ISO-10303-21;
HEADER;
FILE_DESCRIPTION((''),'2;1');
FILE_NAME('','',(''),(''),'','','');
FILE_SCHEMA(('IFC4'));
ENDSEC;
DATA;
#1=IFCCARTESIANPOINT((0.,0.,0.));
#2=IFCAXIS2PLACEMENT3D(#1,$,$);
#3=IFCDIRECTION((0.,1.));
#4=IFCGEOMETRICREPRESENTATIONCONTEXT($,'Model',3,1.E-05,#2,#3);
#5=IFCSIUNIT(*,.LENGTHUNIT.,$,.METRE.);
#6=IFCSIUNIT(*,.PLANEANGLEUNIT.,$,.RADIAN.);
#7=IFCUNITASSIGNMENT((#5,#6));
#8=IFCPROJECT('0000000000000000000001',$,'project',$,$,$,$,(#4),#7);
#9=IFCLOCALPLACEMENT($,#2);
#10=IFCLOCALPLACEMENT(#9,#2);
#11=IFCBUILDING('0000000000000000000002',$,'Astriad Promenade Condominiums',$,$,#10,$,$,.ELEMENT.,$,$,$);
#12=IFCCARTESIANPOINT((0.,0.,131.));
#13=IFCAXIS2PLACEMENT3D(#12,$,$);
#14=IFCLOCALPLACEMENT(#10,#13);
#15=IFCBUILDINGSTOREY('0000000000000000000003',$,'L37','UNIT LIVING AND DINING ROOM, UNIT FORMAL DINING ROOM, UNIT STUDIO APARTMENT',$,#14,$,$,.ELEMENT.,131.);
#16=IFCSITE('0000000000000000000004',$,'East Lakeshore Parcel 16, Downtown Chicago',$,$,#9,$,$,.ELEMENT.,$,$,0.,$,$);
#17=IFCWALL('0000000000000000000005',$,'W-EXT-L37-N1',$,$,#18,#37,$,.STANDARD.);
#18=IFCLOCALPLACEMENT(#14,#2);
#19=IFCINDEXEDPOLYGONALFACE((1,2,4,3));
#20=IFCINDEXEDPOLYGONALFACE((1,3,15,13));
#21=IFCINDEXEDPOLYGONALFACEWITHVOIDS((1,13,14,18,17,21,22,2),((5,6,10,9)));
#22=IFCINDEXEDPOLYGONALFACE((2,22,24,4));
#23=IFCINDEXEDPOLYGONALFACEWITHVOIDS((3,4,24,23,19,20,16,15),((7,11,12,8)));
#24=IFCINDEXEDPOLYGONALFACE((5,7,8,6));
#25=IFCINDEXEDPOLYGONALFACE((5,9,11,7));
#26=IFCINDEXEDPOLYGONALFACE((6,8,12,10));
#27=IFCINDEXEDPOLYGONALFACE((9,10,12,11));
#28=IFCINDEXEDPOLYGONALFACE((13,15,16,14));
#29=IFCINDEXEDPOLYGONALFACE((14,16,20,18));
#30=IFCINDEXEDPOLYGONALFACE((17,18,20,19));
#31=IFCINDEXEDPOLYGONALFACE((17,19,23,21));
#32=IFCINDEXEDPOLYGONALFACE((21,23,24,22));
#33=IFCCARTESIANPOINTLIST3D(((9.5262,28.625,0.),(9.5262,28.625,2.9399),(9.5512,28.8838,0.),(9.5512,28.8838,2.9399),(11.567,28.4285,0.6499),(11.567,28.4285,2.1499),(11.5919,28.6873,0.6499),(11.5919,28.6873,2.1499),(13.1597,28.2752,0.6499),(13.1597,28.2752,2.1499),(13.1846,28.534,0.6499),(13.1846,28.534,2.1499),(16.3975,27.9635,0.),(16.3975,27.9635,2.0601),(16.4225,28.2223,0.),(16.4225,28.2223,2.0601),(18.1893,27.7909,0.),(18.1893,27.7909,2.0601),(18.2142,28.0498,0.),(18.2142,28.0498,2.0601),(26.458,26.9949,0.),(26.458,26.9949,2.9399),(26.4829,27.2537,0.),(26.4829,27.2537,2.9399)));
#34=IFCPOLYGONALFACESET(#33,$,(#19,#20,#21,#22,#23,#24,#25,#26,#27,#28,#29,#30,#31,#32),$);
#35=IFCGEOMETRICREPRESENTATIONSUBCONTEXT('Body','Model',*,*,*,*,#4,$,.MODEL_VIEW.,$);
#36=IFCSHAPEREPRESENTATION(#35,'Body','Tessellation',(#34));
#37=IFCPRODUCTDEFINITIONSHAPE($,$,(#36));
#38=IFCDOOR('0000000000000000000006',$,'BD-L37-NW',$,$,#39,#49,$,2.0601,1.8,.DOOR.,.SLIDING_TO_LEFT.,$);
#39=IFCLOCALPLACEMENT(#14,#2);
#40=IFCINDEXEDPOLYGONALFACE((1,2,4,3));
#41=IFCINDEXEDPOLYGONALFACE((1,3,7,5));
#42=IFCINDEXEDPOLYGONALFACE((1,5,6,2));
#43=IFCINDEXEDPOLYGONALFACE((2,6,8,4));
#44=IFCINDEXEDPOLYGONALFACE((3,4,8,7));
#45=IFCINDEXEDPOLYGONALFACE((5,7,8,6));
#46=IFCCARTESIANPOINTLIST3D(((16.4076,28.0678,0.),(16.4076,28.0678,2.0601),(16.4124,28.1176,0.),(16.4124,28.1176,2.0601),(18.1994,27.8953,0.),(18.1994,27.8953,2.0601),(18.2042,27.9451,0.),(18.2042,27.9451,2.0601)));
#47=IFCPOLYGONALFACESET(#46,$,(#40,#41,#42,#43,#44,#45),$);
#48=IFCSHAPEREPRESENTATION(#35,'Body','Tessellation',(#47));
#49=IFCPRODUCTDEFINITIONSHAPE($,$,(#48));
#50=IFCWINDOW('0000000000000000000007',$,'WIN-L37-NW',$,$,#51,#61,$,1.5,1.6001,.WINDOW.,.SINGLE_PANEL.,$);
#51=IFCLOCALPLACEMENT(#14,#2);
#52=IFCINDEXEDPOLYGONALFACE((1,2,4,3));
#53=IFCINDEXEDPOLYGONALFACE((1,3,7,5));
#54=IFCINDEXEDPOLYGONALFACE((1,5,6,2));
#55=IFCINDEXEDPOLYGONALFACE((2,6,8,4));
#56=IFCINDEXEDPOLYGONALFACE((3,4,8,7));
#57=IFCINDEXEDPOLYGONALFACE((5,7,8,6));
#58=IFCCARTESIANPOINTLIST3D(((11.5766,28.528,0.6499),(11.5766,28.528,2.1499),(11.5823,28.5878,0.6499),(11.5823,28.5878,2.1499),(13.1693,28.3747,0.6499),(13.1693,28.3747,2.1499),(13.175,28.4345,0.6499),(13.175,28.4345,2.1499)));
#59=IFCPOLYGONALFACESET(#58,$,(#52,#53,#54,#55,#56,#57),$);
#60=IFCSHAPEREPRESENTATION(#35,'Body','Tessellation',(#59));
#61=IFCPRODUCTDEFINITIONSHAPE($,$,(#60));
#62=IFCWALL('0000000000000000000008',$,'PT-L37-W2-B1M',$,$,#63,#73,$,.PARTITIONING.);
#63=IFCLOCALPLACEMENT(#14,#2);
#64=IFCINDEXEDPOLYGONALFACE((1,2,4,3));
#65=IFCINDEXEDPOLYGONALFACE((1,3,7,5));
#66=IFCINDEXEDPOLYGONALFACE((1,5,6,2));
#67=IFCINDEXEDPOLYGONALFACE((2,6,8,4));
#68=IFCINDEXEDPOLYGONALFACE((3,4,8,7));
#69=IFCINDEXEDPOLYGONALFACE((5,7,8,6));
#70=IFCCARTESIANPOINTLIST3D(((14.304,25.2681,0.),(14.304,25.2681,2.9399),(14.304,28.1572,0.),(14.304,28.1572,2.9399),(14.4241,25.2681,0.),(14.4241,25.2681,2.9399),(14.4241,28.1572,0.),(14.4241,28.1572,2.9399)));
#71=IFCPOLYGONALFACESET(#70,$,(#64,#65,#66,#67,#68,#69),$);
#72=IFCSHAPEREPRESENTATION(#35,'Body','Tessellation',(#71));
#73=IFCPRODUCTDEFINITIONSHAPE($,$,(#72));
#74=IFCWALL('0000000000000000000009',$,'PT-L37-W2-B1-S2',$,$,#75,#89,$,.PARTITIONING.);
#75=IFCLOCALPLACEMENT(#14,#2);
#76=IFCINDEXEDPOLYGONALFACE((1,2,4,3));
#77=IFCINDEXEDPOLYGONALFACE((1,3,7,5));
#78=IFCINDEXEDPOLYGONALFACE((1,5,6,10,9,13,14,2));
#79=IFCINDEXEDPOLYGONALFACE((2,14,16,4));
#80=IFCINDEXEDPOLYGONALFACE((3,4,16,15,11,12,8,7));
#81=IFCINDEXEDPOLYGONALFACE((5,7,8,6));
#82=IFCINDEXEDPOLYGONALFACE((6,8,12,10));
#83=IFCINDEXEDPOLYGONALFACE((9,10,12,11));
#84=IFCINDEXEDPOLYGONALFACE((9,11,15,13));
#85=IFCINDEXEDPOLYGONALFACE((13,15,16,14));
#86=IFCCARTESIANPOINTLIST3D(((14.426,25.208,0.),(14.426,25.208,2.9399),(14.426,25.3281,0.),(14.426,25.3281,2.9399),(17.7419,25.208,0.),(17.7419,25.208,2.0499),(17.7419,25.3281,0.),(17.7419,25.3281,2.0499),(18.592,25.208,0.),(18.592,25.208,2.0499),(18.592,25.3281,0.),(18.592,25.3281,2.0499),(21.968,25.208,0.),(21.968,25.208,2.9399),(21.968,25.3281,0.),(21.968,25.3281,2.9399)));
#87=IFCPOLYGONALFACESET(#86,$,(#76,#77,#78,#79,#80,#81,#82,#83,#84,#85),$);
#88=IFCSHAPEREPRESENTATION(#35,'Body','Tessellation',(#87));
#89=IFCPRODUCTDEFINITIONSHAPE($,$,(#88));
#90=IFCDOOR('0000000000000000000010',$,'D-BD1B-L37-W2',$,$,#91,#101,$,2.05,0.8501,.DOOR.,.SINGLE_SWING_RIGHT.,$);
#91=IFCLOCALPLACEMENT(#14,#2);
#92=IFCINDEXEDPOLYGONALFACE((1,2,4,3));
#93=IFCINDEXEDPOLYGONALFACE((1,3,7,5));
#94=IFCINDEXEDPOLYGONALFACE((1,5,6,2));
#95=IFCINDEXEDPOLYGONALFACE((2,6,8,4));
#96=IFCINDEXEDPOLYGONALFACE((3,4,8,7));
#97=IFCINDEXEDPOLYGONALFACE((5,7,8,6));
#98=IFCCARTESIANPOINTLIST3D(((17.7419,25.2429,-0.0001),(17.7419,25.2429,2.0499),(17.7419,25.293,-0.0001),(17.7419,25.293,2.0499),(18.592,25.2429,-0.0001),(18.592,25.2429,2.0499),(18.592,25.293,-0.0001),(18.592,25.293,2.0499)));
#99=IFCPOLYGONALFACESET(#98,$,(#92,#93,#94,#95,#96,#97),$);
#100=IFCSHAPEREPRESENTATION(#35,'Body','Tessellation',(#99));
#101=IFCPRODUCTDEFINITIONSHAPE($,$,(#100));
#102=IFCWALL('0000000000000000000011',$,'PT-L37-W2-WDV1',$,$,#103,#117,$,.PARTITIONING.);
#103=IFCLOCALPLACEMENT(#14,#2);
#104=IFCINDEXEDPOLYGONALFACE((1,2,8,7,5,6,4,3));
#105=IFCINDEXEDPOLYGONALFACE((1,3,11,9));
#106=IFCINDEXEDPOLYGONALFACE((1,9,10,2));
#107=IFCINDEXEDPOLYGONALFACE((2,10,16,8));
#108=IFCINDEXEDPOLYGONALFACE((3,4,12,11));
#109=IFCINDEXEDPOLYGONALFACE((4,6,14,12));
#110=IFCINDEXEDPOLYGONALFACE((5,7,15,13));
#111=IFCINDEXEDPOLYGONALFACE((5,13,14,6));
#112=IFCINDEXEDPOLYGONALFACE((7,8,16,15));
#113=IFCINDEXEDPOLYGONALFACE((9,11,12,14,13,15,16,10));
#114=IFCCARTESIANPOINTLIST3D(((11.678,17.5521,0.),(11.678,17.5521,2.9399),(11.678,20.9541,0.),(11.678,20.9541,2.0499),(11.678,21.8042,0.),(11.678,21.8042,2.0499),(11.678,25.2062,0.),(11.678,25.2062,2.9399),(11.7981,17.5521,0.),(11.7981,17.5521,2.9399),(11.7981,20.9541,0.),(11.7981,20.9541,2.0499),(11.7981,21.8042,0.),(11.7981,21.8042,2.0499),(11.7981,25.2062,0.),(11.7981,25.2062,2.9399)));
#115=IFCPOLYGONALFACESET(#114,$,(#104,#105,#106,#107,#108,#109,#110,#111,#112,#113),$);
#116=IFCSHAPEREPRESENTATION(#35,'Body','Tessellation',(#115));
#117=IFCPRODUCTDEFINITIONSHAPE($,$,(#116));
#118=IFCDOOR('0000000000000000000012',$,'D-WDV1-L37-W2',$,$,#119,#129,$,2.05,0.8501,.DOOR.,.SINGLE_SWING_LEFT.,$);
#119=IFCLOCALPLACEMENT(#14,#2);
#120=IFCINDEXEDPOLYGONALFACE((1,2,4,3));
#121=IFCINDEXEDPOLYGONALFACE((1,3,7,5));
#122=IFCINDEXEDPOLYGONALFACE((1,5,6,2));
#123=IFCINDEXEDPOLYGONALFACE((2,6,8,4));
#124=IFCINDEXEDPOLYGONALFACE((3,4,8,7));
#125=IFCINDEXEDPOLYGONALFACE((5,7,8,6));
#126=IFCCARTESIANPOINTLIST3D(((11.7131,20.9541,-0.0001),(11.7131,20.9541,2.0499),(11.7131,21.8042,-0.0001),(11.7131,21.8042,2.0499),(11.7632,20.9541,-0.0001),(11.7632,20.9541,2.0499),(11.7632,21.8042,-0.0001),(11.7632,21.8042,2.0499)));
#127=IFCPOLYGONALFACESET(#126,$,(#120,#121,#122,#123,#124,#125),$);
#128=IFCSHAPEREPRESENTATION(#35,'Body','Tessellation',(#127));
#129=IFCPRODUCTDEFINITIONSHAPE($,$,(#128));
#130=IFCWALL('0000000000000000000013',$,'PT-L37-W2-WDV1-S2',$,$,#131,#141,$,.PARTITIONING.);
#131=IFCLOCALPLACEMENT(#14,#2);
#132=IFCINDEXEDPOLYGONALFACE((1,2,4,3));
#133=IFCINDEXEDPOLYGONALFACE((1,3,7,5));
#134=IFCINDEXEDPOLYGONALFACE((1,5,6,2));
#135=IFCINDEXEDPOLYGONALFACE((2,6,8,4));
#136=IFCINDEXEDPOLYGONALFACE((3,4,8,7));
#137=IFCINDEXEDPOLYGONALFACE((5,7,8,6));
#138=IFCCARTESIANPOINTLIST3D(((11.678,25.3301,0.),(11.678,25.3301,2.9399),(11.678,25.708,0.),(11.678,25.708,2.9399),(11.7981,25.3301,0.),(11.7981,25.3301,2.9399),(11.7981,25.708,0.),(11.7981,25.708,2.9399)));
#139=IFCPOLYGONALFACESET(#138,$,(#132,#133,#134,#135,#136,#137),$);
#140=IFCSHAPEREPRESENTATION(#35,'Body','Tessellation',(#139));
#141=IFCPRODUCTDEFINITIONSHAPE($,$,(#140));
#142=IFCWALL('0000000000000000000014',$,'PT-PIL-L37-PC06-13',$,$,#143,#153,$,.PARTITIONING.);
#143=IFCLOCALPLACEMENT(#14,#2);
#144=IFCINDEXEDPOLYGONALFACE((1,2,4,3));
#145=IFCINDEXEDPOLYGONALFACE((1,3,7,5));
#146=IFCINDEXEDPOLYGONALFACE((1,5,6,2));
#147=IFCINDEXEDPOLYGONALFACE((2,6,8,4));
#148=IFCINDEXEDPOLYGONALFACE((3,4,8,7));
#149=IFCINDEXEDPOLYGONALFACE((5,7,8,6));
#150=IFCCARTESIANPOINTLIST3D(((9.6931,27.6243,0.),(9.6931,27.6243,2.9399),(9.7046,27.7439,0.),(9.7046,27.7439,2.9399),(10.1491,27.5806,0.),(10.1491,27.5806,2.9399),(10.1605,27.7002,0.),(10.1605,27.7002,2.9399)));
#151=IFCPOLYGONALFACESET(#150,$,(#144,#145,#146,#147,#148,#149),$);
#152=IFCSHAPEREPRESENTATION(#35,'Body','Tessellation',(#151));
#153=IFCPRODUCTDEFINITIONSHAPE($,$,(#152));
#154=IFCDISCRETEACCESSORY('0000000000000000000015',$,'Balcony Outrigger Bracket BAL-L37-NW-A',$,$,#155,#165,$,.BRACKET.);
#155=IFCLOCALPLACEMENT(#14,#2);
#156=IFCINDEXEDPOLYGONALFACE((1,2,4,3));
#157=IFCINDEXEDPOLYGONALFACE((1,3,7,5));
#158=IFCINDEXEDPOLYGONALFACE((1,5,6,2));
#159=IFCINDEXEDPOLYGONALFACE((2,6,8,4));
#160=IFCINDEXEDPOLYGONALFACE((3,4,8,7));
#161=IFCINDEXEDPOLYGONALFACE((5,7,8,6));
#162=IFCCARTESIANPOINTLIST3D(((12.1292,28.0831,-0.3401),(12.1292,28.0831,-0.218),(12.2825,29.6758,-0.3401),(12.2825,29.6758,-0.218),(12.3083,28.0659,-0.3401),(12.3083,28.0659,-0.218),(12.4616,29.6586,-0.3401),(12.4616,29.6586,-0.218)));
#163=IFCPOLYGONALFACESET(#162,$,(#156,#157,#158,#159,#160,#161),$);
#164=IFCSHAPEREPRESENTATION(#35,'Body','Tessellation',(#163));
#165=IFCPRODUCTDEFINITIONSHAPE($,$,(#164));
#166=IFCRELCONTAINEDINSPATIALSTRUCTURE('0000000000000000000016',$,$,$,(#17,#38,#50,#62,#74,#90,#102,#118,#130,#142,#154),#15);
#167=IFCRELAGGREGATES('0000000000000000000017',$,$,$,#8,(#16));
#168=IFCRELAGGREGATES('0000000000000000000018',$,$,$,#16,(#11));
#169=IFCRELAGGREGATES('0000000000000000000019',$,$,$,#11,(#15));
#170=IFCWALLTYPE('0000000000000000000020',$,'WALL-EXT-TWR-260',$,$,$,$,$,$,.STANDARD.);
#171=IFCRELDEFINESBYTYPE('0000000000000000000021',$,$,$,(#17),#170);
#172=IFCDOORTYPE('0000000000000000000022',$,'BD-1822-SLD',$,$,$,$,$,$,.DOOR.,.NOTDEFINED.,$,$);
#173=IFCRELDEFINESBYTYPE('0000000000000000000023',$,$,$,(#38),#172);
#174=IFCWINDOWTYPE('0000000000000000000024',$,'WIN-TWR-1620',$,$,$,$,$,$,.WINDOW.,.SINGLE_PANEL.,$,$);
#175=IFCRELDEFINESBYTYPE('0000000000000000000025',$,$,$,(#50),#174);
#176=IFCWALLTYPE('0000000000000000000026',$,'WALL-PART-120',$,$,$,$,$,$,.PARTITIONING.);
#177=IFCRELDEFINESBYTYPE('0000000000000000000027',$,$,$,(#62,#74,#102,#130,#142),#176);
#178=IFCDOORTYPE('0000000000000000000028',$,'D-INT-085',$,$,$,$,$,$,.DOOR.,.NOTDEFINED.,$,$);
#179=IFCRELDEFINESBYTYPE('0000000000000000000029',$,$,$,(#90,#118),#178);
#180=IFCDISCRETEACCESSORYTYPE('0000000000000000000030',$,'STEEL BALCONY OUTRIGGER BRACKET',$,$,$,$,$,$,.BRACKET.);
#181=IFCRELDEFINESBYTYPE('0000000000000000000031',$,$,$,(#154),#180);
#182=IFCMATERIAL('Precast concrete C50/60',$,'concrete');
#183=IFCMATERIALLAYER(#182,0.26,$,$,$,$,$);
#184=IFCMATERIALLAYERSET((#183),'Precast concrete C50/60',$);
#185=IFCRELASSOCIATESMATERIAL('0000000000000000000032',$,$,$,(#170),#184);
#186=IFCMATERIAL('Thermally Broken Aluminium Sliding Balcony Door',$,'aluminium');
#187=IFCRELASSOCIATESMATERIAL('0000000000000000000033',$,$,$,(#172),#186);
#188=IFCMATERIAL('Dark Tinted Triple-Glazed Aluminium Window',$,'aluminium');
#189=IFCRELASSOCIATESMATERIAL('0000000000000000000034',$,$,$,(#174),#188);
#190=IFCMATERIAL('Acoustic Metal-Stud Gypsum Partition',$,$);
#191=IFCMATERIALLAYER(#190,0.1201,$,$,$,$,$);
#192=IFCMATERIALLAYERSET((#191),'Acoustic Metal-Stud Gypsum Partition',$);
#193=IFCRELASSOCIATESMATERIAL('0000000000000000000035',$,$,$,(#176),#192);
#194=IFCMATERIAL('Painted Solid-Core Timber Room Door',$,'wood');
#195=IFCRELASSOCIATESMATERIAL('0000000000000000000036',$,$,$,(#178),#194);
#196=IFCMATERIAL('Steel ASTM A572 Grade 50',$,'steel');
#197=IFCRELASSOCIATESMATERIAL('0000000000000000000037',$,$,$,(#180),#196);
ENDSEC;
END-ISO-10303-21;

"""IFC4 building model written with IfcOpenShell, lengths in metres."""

from ifc_helpers import new_model, si_unit, direction, frame, frame_2d, origin, origin_2d, place, context, subcontext, project, spatial, rectangle, extrude, source, transform, mapped, material, layer, layer_set, type_object, type_shapes, element, fill, save


model = new_model("IFC4")

# Units and contexts
model_context = context("Model", 3, precision=1e-05, world=origin(), true_north=direction((0.0, 1.0)))
body_context = subcontext(model_context, "Body", "Model", "MODEL_VIEW")
ifc_project = project(units=[si_unit("LENGTHUNIT", "METRE"), si_unit("PLANEANGLEUNIT", "RADIAN")], contexts=[model_context])

# Site, building, storey
site_placement = place(None, origin())
site = spatial("IfcSite", under=ifc_project, at=site_placement, Name="East Lakeshore Parcel 16, Downtown Chicago", CompositionType="ELEMENT", RefElevation=0.0)
building_placement = place(site_placement, origin())
building = spatial("IfcBuilding", under=site, at=building_placement, Name="Astriad Promenade Condominiums", CompositionType="ELEMENT")
storey_placement = place(building_placement, frame((0.0, 0.0, 131.0)))
storey = spatial("IfcBuildingStorey", under=building, at=storey_placement, Name="L37", Description="UNIT LIVING AND DINING ROOM, UNIT FORMAL DINING ROOM, UNIT STUDIO APARTMENT", CompositionType="ELEMENT", Elevation=131.0)

# Shared definitions
ifc_material_1 = material(Name="Precast concrete C50/60", Category="concrete")
ifc_layer_1 = layer(ifc_material_1, 0.26)
ifc_layer_set_1 = layer_set([ifc_layer_1], Name="Precast concrete C50/60")
wall_type_1 = type_object("IfcWallType", Name="WALL-EXT-TWR-260", PredefinedType="STANDARD", material=ifc_layer_set_1)

# Wall, openings, door, window
wall_1_placement = place(storey_placement, frame((9.5388, 28.7544, 0.0), z_axis=(0.0, 0.0, 1.0), x_axis=(0.995397, -0.095834, 0.0)))
wall_1 = element("IfcWall", 1, at=wall_1_placement, inside=storey, type_object=wall_type_1, Name="W-EXT-L37-N1", PredefinedType="STANDARD", context=body_context, shape_type="SweptSolid", body=[
    extrude(rectangle(XDim=17.01, YDim=0.26, at=frame_2d((8.5049, 0.0))), origin(), (0.0, 0.0, 1.0), 2.9399),
])
opening_1_placement = place(wall_1_placement, frame((6.9031, 0.0, 0.0)))
opening_1 = element("IfcOpeningElement", 2, at=opening_1_placement, cuts=wall_1, PredefinedType="OPENING", context=body_context, shape_type="SweptSolid", body=[
    extrude(rectangle(XDim=1.8, YDim=2.0601, at=frame_2d((0.8999, 1.03))), frame((0.0, 0.1399, 0.0), z_axis=(0.0, -1.0, 0.0), x_axis=(1.0, 0.0, 0.0)), (0.0, 0.0, 1.0), 0.28),
])
opening_2_placement = place(wall_1_placement, frame((2.05, 0.0, 0.6499)))
opening_2 = element("IfcOpeningElement", 3, at=opening_2_placement, cuts=wall_1, PredefinedType="OPENING", context=body_context, shape_type="SweptSolid", body=[
    extrude(rectangle(XDim=1.6001, YDim=1.5, at=frame_2d((0.8, 0.75))), frame((0.0, 0.1399, 0.0), z_axis=(0.0, -1.0, 0.0), x_axis=(1.0, 0.0, 0.0)), (0.0, 0.0, 1.0), 0.28),
])
ifc_material_2 = material(Name="Thermally Broken Aluminium Sliding Balcony Door", Category="aluminium")
door_type_1 = type_object("IfcDoorType", Name="BD-1822-SLD", OperationType="NOTDEFINED", PredefinedType="DOOR", material=ifc_material_2)
shared_shape_1 = source(origin(), body_context, "Body", "SweptSolid", [
    extrude(rectangle(XDim=1.8, YDim=2.0601, at=frame_2d((0.8999, 1.03))), frame((0.0, 0.0249, 0.0), z_axis=(0.0, -1.0, 0.0), x_axis=(1.0, 0.0, 0.0)), (0.0, 0.0, 1.0), 0.05),
])
type_shapes(door_type_1, [shared_shape_1])
door_1_placement = place(opening_1_placement, origin())
door_1 = element("IfcDoor", 4, at=door_1_placement, inside=storey, type_object=door_type_1, Name="BD-L37-NW", OperationType="SLIDING_TO_LEFT", OverallHeight=2.0601, OverallWidth=1.8, PredefinedType="DOOR", context=body_context, shape_type="MappedRepresentation", body=[
    mapped(shared_shape_1, transform((0.0, 0.0, 0.0), scale=1.0)),
])
fill(opening_1, door_1)
ifc_material_3 = material(Name="Dark Tinted Triple-Glazed Aluminium Window", Category="aluminium")
window_type = type_object("IfcWindowType", Name="WIN-TWR-1620", PartitioningType="SINGLE_PANEL", PredefinedType="WINDOW", material=ifc_material_3)
shared_shape_2 = source(origin(), body_context, "Body", "SweptSolid", [
    extrude(rectangle(XDim=1.6001, YDim=1.5, at=frame_2d((0.8, 0.75))), frame((0.0, 0.03, 0.0), z_axis=(0.0, -1.0, 0.0), x_axis=(1.0, 0.0, 0.0)), (0.0, 0.0, 1.0), 0.0601),
])
type_shapes(window_type, [shared_shape_2])
window_placement = place(opening_2_placement, origin())
window = element("IfcWindow", 5, at=window_placement, inside=storey, type_object=window_type, Name="WIN-L37-NW", OverallHeight=1.5, OverallWidth=1.6001, PartitioningType="SINGLE_PANEL", PredefinedType="WINDOW", context=body_context, shape_type="MappedRepresentation", body=[
    mapped(shared_shape_2, transform((0.0, 0.0, 0.0), scale=1.0)),
])
fill(opening_2, window)

# Wall
ifc_material_4 = material(Name="Acoustic Metal-Stud Gypsum Partition")
ifc_layer_2 = layer(ifc_material_4, 0.1201)
ifc_layer_set_2 = layer_set([ifc_layer_2], Name="Acoustic Metal-Stud Gypsum Partition")
wall_type_2 = type_object("IfcWallType", Name="WALL-PART-120", PredefinedType="PARTITIONING", material=ifc_layer_set_2)
wall_2_placement = place(storey_placement, frame((14.364, 25.2681, 0.0), z_axis=(0.0, 0.0, 1.0), x_axis=(0.0, 1.0, 0.0)))
element("IfcWall", 6, at=wall_2_placement, inside=storey, type_object=wall_type_2, Name="PT-L37-W2-B1M", PredefinedType="PARTITIONING", context=body_context, shape_type="SweptSolid", body=[
    extrude(rectangle(XDim=2.8892, YDim=0.1201, at=frame_2d((1.4446, 0.0))), origin(), (0.0, 0.0, 1.0), 2.9399),
])

# Walls, openings, doors
wall_3_placement = place(storey_placement, frame((14.426, 25.2681, 0.0), z_axis=(0.0, 0.0, 1.0), x_axis=(1.0, 0.0, 0.0)))
wall_3 = element("IfcWall", 7, at=wall_3_placement, inside=storey, type_object=wall_type_2, Name="PT-L37-W2-B1-S2", PredefinedType="PARTITIONING", context=body_context, shape_type="SweptSolid", body=[
    extrude(rectangle(XDim=7.542, YDim=0.1201, at=frame_2d((3.771, 0.0))), origin(), (0.0, 0.0, 1.0), 2.9399),
])
opening_3_placement = place(wall_3_placement, frame((3.3159, 0.0, 0.0)))
opening_3 = element("IfcOpeningElement", 8, at=opening_3_placement, cuts=wall_3, PredefinedType="OPENING", context=body_context, shape_type="SweptSolid", body=[
    extrude(rectangle(XDim=0.8501, YDim=2.05, at=frame_2d((0.425, 1.0249))), frame((0.0, 0.0701, 0.0), z_axis=(0.0, -1.0, 0.0), x_axis=(1.0, 0.0, 0.0)), (0.0, 0.0, 1.0), 0.1401),
])
ifc_material_5 = material(Name="Painted Solid-Core Timber Room Door", Category="wood")
door_type_2 = type_object("IfcDoorType", Name="D-INT-085", OperationType="NOTDEFINED", PredefinedType="DOOR", material=ifc_material_5)
shared_shape_3 = source(origin(), body_context, "Body", "SweptSolid", [
    extrude(rectangle(XDim=0.8501, YDim=2.05, at=frame_2d((0.425, 1.0249))), frame((0.0, 0.0249, 0.0), z_axis=(0.0, -1.0, 0.0), x_axis=(1.0, 0.0, 0.0)), (0.0, 0.0, 1.0), 0.05),
])
type_shapes(door_type_2, [shared_shape_3])
door_2_placement = place(opening_3_placement, origin())
door_2 = element("IfcDoor", 9, at=door_2_placement, inside=storey, type_object=door_type_2, Name="D-BD1B-L37-W2", OperationType="SINGLE_SWING_RIGHT", OverallHeight=2.05, OverallWidth=0.8501, PredefinedType="DOOR", context=body_context, shape_type="MappedRepresentation", body=[
    mapped(shared_shape_3, transform((0.0, 0.0, 0.0), scale=1.0)),
])
fill(opening_3, door_2)
wall_4_placement = place(storey_placement, frame((11.738, 17.552, 0.0), z_axis=(0.0, 0.0, 1.0), x_axis=(0.0, 1.0, 0.0)))
wall_4 = element("IfcWall", 10, at=wall_4_placement, inside=storey, type_object=wall_type_2, Name="PT-L37-W2-WDV1", PredefinedType="PARTITIONING", context=body_context, shape_type="SweptSolid", body=[
    extrude(rectangle(XDim=7.6541, YDim=0.1201, at=frame_2d((3.8271, 0.0))), origin(), (0.0, 0.0, 1.0), 2.9399),
])
opening_4_placement = place(wall_4_placement, frame((3.4021, 0.0, 0.0)))
opening_4 = element("IfcOpeningElement", 11, at=opening_4_placement, cuts=wall_4, PredefinedType="OPENING", context=body_context, shape_type="SweptSolid", body=[
    extrude(rectangle(XDim=0.8501, YDim=2.05, at=frame_2d((0.425, 1.0249))), frame((0.0, 0.0701, 0.0), z_axis=(0.0, -1.0, 0.0), x_axis=(1.0, 0.0, 0.0)), (0.0, 0.0, 1.0), 0.1401),
])
door_3_placement = place(opening_4_placement, origin())
door_3 = element("IfcDoor", 12, at=door_3_placement, inside=storey, type_object=door_type_2, Name="D-WDV1-L37-W2", OperationType="SINGLE_SWING_LEFT", OverallHeight=2.05, OverallWidth=0.8501, PredefinedType="DOOR", context=body_context, shape_type="MappedRepresentation", body=[
    mapped(shared_shape_3, transform((0.0, 0.0, 0.0), scale=1.0)),
])
fill(opening_4, door_3)

# Walls
wall_5_placement = place(storey_placement, frame((11.738, 25.3301, 0.0), z_axis=(0.0, 0.0, 1.0), x_axis=(0.0, 1.0, 0.0)))
element("IfcWall", 13, at=wall_5_placement, inside=storey, type_object=wall_type_2, Name="PT-L37-W2-WDV1-S2", PredefinedType="PARTITIONING", context=body_context, shape_type="SweptSolid", body=[
    extrude(rectangle(XDim=0.3779, YDim=0.1201, at=frame_2d((0.189, 0.0))), origin(), (0.0, 0.0, 1.0), 2.9399),
])
wall_6_placement = place(storey_placement, frame((10.1548, 27.6404, 0.0), z_axis=(0.0, 0.0, 1.0), x_axis=(-0.995435, 0.095438, 0.0)))
element("IfcWall", 14, at=wall_6_placement, inside=storey, type_object=wall_type_2, Name="PT-PIL-L37-PC06-13", PredefinedType="PARTITIONING", context=body_context, shape_type="SweptSolid", body=[
    extrude(rectangle(XDim=0.458, YDim=0.1201, at=frame_2d((0.229, 0.0))), origin(), (0.0, 0.0, 1.0), 2.9399),
])

# Discrete accessory
ifc_material_6 = material(Name="Steel ASTM A572 Grade 50", Category="steel")
discrete_accessory_type = type_object("IfcDiscreteAccessoryType", Name="STEEL BALCONY OUTRIGGER BRACKET", PredefinedType="BRACKET", material=ifc_material_6)
shared_shape_4 = source(origin(), body_context, "Body", "SweptSolid", [
    extrude(rectangle(XDim=1.6001, YDim=0.1799, at=origin_2d()), origin(), (0.0, 0.0, 1.0), 0.1221),
])
type_shapes(discrete_accessory_type, [shared_shape_4])
discrete_accessory_placement = place(storey_placement, frame((12.2954, 28.8708, -0.3401), z_axis=(0.0, 0.0, 1.0), x_axis=(0.095846, 0.995396, 0.0)))
element("IfcDiscreteAccessory", 15, at=discrete_accessory_placement, inside=storey, type_object=discrete_accessory_type, Name="Balcony Outrigger Bracket BAL-L37-NW-A", PredefinedType="BRACKET", context=body_context, shape_type="MappedRepresentation", body=[
    mapped(shared_shape_4, transform((0.0, 0.0, 0.0), scale=1.0)),
])

save(model, "model.ifc")
